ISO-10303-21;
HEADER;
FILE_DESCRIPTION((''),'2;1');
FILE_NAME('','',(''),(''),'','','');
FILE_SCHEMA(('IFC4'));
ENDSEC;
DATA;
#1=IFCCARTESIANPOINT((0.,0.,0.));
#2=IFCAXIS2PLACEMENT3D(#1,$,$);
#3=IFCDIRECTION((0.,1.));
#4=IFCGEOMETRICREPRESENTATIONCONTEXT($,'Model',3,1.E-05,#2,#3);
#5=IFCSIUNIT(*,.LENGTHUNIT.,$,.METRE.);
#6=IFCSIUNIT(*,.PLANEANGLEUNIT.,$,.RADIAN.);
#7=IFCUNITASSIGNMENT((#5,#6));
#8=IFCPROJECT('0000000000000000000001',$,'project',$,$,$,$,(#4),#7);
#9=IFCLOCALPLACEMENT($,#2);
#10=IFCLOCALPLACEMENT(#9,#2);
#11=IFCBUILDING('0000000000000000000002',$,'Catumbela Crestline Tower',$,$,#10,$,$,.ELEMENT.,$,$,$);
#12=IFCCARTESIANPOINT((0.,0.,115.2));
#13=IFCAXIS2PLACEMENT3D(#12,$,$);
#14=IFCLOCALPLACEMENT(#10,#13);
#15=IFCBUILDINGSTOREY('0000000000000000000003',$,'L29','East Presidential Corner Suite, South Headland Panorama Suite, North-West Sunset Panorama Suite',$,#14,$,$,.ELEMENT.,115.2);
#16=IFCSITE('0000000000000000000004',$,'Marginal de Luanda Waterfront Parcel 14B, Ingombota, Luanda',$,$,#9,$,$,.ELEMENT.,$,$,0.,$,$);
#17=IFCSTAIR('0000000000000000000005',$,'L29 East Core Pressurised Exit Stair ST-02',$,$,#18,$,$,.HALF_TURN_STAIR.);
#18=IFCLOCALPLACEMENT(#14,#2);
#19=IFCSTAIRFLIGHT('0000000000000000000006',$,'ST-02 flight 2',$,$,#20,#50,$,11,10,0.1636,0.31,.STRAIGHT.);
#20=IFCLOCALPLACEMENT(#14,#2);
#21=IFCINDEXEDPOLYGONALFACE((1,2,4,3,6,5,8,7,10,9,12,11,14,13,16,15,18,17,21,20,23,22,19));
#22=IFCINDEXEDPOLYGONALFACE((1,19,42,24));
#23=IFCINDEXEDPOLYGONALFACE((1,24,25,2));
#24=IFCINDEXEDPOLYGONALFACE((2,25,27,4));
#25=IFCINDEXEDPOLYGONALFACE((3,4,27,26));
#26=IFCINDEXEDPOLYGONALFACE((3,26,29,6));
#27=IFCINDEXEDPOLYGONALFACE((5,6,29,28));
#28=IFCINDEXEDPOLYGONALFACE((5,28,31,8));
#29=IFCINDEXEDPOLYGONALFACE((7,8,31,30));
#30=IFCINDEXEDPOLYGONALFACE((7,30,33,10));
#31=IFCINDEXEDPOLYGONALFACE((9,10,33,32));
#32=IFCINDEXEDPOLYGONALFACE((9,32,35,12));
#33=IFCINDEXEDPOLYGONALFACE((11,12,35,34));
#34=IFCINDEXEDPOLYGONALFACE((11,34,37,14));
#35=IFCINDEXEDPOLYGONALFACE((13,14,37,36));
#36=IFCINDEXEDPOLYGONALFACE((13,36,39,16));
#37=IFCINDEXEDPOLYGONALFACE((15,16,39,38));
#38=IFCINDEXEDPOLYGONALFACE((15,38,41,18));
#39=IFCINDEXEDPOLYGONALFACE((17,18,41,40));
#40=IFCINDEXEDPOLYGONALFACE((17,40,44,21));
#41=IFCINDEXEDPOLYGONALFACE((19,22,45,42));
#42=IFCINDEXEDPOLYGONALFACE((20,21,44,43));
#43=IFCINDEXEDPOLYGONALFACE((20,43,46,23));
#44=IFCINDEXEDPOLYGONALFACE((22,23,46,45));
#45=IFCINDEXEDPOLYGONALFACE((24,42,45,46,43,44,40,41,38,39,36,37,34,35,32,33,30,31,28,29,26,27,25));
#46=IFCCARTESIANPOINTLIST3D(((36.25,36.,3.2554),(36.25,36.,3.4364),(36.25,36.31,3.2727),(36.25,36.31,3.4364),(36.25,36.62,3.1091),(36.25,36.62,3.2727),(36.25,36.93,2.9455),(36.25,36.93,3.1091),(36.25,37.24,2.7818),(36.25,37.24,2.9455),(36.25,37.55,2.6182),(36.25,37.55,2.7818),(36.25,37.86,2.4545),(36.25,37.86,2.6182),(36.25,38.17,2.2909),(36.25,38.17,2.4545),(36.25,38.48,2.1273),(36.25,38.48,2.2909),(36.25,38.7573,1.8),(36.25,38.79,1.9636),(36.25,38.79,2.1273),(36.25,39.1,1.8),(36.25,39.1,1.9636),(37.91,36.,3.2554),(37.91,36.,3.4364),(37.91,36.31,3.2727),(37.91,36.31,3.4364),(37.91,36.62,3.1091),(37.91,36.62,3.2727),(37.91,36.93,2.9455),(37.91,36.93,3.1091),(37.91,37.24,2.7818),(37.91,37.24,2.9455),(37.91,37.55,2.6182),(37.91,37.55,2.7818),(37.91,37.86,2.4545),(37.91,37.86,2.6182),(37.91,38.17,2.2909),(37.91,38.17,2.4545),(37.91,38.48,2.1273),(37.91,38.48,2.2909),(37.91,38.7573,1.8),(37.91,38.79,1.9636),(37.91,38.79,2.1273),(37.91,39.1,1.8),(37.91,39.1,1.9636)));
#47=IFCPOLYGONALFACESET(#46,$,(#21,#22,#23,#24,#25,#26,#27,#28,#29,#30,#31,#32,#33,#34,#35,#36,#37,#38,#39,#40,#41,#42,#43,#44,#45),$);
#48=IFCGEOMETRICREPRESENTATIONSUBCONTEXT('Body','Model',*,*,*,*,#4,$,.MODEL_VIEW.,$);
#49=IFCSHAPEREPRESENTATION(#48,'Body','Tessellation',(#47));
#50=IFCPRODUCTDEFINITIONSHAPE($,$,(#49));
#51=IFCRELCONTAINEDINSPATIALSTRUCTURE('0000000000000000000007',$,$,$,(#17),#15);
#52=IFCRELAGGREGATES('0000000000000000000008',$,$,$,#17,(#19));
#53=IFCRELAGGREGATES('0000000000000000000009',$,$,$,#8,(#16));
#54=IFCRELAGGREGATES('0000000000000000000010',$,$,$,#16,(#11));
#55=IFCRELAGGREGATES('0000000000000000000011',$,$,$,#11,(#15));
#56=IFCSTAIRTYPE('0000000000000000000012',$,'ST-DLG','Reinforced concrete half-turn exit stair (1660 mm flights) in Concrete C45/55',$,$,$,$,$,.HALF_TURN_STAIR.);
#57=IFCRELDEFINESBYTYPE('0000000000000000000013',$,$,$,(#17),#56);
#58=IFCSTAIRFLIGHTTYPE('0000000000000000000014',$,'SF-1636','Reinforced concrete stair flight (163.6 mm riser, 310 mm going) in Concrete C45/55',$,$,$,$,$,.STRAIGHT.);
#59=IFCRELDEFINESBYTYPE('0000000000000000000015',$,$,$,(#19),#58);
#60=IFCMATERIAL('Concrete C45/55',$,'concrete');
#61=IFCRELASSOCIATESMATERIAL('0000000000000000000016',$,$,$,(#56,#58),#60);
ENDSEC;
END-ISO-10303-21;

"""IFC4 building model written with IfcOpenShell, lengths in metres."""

from ifc_helpers import new_model, si_unit, direction, frame, origin, place, context, subcontext, project, spatial, polyline, outline, extrude, material, type_object, element, aggregate, save


model = new_model("IFC4")

# Units and contexts
model_context = context("Model", 3, precision=1e-05, world=origin(), true_north=direction((0.0, 1.0)))
body_context = subcontext(model_context, "Body", "Model", "MODEL_VIEW")
ifc_project = project(units=[si_unit("LENGTHUNIT", "METRE"), si_unit("PLANEANGLEUNIT", "RADIAN")], contexts=[model_context])

# Site, building, storey
site_placement = place(None, origin())
site = spatial("IfcSite", under=ifc_project, at=site_placement, Name="Marginal de Luanda Waterfront Parcel 14B, Ingombota, Luanda", CompositionType="ELEMENT", RefElevation=0.0)
building_placement = place(site_placement, origin())
building = spatial("IfcBuilding", under=site, at=building_placement, Name="Catumbela Crestline Tower", CompositionType="ELEMENT")
storey_placement = place(building_placement, frame((0.0, 0.0, 115.2)))
storey = spatial("IfcBuildingStorey", under=building, at=storey_placement, Name="L29", Description="East Presidential Corner Suite, South Headland Panorama Suite, North-West Sunset Panorama Suite", CompositionType="ELEMENT", Elevation=115.2)

# Stair, stair flight
ifc_material_1 = material(Name="Concrete C45/55", Category="concrete")
stair_type = type_object("IfcStairType", Name="ST-DLG", Description="Reinforced concrete half-turn exit stair (1660 mm flights) in Concrete C45/55", PredefinedType="HALF_TURN_STAIR", material=ifc_material_1)
stair_placement = place(storey_placement, origin())
stair = element("IfcStair", 1, at=stair_placement, inside=storey, type_object=stair_type, Name="L29 East Core Pressurised Exit Stair ST-02", PredefinedType="HALF_TURN_STAIR")
stair_flight_type = type_object("IfcStairFlightType", Name="SF-1636", Description="Reinforced concrete stair flight (163.6 mm riser, 310 mm going) in Concrete C45/55", PredefinedType="STRAIGHT", material=ifc_material_1)
stair_flight_placement = place(storey_placement, frame((37.08, 39.1, 1.8), z_axis=(0.0, 0.0, 1.0), x_axis=(0.0, -1.0, 0.0)))
stair_flight = element("IfcStairFlight", 2, at=stair_flight_placement, type_object=stair_flight_type, Name="ST-02 flight 2", NumberOfRisers=11, NumberOfTreads=10, PredefinedType="STRAIGHT", RiserHeight=0.1636, TreadLength=0.31, context=body_context, shape_type="SweptSolid", body=[
    extrude(outline(polyline([(0.0, 0.0), (0.0, 0.1636), (0.31, 0.1636), (0.31, 0.3273), (0.62, 0.3273), (0.62, 0.4909), (0.93, 0.4909), (0.93, 0.6545), (1.24, 0.6545), (1.24, 0.8182), (1.55, 0.8182), (1.55, 0.9818), (1.86, 0.9818), (1.86, 1.1455), (2.17, 1.1455), (2.17, 1.3091), (2.48, 1.3091), (2.48, 1.4727), (2.79, 1.4727), (2.79, 1.6364), (3.1, 1.6364), (3.1, 1.8), (3.1, 1.4554), (0.3427, 0.0), (0.0, 0.0)])), frame((0.0, 0.83, 0.0), z_axis=(0.0, -1.0, 0.0), x_axis=(1.0, 0.0, 0.0)), (0.0, 0.0, 1.0), 1.66),
])
aggregate(stair, [stair_flight])

save(model, "model.ifc")
